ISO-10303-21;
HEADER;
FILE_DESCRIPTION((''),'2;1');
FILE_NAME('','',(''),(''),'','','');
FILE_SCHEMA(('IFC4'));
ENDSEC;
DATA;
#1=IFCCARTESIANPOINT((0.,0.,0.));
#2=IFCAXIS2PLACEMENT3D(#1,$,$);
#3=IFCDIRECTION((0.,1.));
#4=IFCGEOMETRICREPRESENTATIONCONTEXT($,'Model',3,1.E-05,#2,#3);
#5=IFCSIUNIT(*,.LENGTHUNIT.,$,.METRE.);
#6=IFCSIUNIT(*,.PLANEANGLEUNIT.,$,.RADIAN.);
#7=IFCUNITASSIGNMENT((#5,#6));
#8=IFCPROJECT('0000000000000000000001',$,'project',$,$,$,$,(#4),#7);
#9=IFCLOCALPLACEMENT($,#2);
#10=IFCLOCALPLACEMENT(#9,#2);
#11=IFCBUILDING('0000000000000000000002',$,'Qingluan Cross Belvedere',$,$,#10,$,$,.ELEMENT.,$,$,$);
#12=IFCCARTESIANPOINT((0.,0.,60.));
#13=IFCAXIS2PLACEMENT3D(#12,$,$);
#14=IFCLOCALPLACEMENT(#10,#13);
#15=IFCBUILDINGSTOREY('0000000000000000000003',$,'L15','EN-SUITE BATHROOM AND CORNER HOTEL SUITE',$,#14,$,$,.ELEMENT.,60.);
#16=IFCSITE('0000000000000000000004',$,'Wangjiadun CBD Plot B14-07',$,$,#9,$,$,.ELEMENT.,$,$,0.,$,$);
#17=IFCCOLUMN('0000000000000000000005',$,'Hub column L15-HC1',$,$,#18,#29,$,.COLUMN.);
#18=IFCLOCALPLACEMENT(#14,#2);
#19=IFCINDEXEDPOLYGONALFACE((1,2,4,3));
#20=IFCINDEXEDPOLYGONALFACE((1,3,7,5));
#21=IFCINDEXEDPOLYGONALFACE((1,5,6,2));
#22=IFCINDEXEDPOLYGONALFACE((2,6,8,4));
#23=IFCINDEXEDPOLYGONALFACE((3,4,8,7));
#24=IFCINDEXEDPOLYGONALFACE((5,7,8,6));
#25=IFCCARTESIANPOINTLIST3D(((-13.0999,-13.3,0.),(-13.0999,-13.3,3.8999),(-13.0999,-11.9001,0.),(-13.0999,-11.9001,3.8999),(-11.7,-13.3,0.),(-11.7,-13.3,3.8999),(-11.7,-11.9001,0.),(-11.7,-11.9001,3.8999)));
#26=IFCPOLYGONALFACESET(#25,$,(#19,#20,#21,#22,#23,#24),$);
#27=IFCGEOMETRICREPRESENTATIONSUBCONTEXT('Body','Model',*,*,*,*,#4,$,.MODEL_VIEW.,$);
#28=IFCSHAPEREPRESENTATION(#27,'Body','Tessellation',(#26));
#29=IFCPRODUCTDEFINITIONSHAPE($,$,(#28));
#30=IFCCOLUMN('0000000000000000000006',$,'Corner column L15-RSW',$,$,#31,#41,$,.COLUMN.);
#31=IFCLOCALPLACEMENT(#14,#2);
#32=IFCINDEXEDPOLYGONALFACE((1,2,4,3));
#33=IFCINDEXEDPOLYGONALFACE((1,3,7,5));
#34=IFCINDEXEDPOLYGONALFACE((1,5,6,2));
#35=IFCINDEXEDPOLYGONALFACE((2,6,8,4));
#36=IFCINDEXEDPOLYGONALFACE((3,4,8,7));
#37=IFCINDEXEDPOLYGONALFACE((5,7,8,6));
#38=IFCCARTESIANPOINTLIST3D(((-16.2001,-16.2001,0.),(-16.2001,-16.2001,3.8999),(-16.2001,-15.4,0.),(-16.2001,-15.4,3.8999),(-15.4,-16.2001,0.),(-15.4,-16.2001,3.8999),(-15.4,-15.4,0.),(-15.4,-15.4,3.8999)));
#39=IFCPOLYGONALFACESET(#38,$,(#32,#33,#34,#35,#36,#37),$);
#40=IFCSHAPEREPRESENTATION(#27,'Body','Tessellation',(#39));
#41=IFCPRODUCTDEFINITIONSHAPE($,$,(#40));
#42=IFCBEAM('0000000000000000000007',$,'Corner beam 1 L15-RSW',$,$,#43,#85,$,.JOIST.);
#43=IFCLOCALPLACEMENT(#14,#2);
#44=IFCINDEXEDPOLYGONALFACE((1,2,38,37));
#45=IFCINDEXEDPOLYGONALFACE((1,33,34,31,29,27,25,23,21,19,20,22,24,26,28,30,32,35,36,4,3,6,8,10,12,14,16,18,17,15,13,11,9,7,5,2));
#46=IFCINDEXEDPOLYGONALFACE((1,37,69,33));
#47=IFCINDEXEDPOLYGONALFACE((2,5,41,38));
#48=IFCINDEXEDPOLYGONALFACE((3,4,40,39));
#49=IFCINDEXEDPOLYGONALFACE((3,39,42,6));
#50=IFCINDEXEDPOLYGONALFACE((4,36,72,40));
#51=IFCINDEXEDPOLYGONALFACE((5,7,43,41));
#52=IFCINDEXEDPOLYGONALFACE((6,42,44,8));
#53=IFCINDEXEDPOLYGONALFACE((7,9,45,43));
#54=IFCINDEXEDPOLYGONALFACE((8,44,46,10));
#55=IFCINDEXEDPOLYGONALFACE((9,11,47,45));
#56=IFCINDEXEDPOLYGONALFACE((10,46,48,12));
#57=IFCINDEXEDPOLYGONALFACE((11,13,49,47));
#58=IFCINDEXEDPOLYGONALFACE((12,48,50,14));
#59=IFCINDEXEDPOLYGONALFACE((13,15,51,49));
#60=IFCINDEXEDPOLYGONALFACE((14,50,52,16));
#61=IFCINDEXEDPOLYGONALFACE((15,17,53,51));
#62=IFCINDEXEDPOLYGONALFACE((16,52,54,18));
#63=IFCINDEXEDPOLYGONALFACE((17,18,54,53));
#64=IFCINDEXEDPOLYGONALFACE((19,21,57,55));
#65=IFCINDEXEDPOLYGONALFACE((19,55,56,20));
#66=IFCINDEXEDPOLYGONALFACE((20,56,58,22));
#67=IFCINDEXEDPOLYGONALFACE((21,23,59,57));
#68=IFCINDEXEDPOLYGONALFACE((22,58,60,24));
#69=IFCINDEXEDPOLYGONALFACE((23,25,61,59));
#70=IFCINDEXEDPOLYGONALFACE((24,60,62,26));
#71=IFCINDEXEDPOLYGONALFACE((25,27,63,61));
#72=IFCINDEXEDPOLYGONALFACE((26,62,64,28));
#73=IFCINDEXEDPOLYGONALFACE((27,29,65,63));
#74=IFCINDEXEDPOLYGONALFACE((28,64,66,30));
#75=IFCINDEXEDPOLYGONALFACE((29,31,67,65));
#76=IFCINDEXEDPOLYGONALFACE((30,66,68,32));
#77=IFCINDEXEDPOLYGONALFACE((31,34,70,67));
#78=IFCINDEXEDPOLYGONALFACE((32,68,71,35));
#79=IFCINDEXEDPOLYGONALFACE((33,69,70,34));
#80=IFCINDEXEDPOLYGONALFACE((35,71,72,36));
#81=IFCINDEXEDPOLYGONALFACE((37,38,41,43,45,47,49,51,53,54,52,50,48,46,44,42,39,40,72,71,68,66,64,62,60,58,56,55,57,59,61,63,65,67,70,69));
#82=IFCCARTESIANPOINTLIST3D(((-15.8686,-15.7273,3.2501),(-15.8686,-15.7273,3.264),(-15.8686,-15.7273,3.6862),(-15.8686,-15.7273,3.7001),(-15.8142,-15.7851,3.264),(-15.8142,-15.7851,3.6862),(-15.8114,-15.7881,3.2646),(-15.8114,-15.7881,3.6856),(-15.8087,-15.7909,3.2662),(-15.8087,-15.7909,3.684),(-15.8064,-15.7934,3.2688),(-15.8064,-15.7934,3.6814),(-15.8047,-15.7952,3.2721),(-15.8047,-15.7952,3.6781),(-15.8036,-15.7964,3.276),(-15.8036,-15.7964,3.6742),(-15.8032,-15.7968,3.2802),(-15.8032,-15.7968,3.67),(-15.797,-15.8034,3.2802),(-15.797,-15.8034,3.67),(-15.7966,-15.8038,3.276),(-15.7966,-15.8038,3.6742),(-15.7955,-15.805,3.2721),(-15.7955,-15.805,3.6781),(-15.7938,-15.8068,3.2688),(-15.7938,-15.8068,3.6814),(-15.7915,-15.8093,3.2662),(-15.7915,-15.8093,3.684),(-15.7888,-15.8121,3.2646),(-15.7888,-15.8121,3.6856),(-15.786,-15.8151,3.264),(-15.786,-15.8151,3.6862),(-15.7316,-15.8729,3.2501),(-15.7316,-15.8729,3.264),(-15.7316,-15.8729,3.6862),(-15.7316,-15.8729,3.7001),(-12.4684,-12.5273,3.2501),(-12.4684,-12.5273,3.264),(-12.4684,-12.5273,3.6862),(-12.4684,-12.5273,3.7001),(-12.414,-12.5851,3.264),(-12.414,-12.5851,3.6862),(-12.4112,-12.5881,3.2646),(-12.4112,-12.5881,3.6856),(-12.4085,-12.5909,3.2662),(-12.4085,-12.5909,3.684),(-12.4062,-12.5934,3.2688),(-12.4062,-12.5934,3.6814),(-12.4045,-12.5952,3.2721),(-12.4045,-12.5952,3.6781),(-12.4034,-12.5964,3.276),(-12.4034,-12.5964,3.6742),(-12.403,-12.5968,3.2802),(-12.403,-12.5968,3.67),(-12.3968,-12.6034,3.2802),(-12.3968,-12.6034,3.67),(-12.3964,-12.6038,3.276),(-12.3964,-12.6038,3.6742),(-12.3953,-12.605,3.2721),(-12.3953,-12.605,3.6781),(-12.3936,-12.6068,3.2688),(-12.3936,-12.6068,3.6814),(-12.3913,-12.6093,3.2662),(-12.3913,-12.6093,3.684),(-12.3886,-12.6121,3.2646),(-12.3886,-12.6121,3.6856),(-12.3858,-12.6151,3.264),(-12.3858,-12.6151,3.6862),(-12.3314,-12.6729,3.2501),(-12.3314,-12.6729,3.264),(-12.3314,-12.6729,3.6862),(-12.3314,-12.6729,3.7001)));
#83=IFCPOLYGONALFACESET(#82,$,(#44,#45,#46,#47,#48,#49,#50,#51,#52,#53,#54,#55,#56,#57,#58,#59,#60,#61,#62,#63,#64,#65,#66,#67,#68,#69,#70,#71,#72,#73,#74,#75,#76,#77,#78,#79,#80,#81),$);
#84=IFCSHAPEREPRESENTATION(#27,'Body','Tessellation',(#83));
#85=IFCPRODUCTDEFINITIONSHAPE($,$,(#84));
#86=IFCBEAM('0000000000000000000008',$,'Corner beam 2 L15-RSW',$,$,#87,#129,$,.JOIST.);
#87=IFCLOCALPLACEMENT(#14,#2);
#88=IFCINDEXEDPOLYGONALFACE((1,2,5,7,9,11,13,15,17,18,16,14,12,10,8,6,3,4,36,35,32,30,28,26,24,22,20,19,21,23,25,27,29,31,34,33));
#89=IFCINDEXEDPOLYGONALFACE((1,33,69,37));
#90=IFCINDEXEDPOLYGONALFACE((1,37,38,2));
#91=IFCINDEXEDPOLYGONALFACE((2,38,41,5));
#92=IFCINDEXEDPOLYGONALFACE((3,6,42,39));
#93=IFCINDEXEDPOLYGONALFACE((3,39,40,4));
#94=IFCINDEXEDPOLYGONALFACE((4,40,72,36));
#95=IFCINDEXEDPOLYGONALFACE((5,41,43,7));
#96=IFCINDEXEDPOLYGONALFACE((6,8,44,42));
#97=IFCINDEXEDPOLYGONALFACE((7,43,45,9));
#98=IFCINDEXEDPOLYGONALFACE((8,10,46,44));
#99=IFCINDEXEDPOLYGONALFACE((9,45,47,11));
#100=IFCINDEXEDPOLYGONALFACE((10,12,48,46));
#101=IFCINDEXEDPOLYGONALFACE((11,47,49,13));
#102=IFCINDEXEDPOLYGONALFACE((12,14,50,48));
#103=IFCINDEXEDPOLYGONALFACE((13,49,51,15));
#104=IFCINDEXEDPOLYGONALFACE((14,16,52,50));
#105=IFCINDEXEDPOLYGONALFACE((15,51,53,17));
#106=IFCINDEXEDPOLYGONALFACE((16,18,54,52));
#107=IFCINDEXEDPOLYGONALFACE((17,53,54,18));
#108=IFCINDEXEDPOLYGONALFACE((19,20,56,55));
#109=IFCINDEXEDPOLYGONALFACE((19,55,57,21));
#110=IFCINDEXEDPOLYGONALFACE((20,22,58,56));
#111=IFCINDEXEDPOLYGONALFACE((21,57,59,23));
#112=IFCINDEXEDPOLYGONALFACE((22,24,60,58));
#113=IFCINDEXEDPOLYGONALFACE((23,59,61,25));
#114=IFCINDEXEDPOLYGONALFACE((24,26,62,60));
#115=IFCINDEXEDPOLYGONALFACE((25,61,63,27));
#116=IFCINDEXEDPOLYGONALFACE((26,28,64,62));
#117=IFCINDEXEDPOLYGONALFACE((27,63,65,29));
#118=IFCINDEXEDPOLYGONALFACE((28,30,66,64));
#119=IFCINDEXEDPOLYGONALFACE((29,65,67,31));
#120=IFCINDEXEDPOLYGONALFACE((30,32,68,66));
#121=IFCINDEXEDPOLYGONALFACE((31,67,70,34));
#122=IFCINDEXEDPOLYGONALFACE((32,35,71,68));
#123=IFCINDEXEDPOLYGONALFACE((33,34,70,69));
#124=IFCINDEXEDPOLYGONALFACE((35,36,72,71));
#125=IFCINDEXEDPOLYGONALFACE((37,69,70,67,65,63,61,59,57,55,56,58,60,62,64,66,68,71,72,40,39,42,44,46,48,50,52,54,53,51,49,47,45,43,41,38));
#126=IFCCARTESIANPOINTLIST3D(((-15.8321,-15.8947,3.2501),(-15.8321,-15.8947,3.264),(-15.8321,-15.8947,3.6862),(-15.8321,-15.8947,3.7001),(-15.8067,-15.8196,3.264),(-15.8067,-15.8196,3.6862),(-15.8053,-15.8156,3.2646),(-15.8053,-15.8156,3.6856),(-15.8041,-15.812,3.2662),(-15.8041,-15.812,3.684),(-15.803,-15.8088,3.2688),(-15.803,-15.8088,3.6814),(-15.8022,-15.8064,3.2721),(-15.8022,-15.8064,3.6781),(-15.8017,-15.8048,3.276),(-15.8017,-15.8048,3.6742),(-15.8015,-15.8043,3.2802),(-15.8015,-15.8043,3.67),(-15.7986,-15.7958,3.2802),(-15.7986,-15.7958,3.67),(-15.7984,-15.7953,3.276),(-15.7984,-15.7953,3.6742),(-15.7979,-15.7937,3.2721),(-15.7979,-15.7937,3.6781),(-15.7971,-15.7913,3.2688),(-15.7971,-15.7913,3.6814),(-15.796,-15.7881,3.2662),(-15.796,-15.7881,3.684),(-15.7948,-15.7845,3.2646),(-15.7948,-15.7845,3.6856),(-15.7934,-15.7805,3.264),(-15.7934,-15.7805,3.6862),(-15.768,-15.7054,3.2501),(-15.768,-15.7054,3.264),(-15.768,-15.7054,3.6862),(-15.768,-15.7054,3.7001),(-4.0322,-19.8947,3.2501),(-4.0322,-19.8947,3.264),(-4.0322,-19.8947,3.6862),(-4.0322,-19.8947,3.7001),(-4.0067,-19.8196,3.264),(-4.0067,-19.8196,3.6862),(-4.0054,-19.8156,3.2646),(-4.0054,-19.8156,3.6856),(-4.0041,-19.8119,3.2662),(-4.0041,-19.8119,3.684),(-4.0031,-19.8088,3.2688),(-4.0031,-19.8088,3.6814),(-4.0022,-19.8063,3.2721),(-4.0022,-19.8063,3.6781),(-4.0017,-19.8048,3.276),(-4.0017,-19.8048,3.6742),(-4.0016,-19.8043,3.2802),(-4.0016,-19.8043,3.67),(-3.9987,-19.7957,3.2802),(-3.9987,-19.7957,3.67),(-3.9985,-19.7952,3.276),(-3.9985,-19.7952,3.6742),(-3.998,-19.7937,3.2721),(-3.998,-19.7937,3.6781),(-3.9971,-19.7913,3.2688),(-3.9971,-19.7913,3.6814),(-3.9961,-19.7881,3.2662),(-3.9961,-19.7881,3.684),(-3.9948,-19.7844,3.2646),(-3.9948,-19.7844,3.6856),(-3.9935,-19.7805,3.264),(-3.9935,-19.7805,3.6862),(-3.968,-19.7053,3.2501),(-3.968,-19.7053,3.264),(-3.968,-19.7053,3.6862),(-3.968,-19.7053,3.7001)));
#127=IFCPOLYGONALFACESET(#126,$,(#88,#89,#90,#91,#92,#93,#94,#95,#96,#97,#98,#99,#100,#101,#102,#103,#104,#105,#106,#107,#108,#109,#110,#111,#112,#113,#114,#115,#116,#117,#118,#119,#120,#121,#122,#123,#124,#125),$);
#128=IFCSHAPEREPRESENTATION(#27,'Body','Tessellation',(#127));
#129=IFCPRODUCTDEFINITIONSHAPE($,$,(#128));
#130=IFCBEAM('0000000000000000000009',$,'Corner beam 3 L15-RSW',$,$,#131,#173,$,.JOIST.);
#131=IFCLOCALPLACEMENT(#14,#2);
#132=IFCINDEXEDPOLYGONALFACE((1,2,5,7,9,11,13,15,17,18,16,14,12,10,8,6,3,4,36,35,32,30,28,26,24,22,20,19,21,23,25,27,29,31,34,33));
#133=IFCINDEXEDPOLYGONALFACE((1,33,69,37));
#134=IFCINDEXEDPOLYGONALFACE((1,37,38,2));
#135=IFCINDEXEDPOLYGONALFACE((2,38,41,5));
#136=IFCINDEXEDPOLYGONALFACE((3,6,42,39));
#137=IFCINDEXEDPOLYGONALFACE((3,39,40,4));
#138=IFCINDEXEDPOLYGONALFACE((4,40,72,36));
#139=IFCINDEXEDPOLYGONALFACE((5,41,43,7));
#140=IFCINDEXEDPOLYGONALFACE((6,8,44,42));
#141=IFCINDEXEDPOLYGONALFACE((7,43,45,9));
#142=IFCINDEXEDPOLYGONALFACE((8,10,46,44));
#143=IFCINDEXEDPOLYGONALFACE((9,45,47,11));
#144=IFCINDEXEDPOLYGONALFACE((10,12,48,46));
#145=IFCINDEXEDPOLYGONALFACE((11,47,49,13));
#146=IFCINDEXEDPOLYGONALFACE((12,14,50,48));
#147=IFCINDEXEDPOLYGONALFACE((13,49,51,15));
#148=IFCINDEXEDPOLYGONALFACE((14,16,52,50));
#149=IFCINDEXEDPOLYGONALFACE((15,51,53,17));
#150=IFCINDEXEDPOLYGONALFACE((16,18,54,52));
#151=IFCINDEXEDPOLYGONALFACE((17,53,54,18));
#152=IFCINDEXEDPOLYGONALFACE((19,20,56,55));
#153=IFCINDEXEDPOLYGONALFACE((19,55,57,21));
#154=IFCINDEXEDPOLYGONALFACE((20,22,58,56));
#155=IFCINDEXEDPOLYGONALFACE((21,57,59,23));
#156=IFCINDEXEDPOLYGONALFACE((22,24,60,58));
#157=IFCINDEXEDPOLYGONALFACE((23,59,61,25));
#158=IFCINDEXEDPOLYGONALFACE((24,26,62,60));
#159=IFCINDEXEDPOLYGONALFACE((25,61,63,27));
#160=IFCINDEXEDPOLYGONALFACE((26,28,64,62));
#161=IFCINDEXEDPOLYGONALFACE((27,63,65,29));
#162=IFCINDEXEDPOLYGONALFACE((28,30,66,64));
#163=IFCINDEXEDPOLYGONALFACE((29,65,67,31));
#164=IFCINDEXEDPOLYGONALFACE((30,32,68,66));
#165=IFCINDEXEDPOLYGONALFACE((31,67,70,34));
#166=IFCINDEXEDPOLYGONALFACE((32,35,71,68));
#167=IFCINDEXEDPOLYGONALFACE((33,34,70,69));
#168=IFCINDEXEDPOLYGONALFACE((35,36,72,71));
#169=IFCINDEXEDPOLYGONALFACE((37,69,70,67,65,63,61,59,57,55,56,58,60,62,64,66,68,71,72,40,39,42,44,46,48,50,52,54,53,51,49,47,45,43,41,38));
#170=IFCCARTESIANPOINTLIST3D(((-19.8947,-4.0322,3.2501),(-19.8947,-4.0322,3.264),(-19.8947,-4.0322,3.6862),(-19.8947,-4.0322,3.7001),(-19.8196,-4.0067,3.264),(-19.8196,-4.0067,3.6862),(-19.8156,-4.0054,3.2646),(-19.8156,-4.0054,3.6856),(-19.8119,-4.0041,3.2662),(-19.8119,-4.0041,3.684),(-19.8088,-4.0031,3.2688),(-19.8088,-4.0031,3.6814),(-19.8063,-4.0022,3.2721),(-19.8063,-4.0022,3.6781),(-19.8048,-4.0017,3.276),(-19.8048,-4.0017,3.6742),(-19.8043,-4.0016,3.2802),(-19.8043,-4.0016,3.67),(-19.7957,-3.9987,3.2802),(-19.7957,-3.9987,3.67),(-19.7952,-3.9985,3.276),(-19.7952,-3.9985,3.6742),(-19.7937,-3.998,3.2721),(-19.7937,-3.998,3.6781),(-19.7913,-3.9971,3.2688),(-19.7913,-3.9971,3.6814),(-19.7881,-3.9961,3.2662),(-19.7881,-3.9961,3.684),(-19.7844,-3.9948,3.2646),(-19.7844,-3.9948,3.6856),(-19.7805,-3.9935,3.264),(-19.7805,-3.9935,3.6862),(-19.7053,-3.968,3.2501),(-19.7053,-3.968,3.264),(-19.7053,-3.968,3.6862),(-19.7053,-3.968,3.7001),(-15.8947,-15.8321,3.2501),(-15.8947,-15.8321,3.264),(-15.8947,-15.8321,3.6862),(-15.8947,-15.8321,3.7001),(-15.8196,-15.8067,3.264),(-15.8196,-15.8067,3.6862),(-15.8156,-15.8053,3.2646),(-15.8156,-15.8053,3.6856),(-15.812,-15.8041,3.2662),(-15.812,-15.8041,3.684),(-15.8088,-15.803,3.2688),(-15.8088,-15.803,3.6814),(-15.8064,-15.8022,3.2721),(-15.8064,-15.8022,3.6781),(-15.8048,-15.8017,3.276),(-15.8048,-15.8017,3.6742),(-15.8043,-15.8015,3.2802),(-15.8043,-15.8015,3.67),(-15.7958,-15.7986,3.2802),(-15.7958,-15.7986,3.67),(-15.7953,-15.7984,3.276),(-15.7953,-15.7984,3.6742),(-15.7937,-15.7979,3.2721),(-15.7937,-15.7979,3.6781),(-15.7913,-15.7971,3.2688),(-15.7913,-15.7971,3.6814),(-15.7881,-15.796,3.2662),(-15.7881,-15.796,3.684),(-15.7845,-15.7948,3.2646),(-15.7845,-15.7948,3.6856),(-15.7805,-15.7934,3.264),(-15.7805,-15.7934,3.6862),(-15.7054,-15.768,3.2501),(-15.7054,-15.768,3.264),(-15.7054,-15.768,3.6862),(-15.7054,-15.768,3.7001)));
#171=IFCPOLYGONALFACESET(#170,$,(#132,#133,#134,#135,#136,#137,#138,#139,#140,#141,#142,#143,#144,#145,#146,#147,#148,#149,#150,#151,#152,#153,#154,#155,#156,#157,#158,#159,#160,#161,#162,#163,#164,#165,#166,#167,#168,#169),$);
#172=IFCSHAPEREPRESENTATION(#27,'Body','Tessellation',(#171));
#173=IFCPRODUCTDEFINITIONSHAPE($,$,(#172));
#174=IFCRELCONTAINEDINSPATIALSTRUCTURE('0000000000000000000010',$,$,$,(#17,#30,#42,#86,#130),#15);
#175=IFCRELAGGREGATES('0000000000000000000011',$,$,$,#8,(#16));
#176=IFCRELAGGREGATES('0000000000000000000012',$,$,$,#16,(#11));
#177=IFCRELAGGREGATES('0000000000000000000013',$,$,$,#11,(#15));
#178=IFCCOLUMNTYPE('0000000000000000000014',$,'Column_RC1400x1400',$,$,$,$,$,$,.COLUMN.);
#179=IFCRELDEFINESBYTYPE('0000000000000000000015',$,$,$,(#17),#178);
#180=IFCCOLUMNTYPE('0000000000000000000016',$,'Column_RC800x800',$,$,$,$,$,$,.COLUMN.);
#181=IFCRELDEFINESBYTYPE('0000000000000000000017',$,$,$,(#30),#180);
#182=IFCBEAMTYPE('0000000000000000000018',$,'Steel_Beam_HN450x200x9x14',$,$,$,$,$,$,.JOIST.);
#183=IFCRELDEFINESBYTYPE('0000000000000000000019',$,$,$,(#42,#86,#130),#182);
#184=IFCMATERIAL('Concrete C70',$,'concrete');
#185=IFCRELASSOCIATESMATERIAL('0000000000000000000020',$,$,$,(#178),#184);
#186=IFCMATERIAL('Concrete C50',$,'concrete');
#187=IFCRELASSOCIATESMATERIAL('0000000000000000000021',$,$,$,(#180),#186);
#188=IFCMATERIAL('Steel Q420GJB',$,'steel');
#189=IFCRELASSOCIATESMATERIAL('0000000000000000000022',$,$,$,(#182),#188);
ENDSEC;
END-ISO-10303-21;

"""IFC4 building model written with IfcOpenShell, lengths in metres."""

from ifc_helpers import new_model, si_unit, direction, frame, origin, origin_2d, place, context, subcontext, project, spatial, rectangle, i_section, extrude, material, material_profile, profile_set, type_object, element, save


model = new_model("IFC4")

# Units and contexts
model_context = context("Model", 3, precision=1e-05, world=origin(), true_north=direction((0.0, 1.0)))
body_context = subcontext(model_context, "Body", "Model", "MODEL_VIEW")
ifc_project = project(units=[si_unit("LENGTHUNIT", "METRE"), si_unit("PLANEANGLEUNIT", "RADIAN")], contexts=[model_context])

# Site, building, storey
site_placement = place(None, origin())
site = spatial("IfcSite", under=ifc_project, at=site_placement, Name="Wangjiadun CBD Plot B14-07", CompositionType="ELEMENT", RefElevation=0.0)
building_placement = place(site_placement, origin())
building = spatial("IfcBuilding", under=site, at=building_placement, Name="Qingluan Cross Belvedere", CompositionType="ELEMENT")
storey_placement = place(building_placement, frame((0.0, 0.0, 60.0)))
storey = spatial("IfcBuildingStorey", under=building, at=storey_placement, Name="L15", Description="EN-SUITE BATHROOM AND CORNER HOTEL SUITE", CompositionType="ELEMENT", Elevation=60.0)

# Columns
ifc_material_1 = material(Name="Concrete C70", Category="concrete")
ifc_material_profile_1 = material_profile(ifc_material_1, rectangle(XDim=1.3999, YDim=1.3999, at=origin_2d()), Name="RC1400x1400")
ifc_profile_set_1 = profile_set([ifc_material_profile_1], Name="Concrete C70")
column_type_1 = type_object("IfcColumnType", Name="Column_RC1400x1400", PredefinedType="COLUMN", material=ifc_profile_set_1)
column_1_placement = place(storey_placement, frame((-12.3999, -12.6001, 0.0), z_axis=(0.0, 0.0, 1.0), x_axis=(1.0, 0.0, 0.0)))
element("IfcColumn", 1, at=column_1_placement, inside=storey, type_object=column_type_1, Name="Hub column L15-HC1", PredefinedType="COLUMN", context=body_context, shape_type="SweptSolid", body=[
    extrude(rectangle(XDim=1.3999, YDim=1.3999, at=origin_2d()), origin(), (0.0, 0.0, 1.0), 3.8999),
])
ifc_material_2 = material(Name="Concrete C50", Category="concrete")
ifc_material_profile_2 = material_profile(ifc_material_2, rectangle(XDim=0.8, YDim=0.8, at=origin_2d()), Name="RC800x800")
ifc_profile_set_2 = profile_set([ifc_material_profile_2], Name="Concrete C50")
column_type_2 = type_object("IfcColumnType", Name="Column_RC800x800", PredefinedType="COLUMN", material=ifc_profile_set_2)
column_2_placement = place(storey_placement, frame((-15.8, -15.8, 0.0), z_axis=(0.0, 0.0, 1.0), x_axis=(1.0, 0.0, 0.0)))
element("IfcColumn", 2, at=column_2_placement, inside=storey, type_object=column_type_2, Name="Corner column L15-RSW", PredefinedType="COLUMN", context=body_context, shape_type="SweptSolid", body=[
    extrude(rectangle(XDim=0.8, YDim=0.8, at=origin_2d()), origin(), (0.0, 0.0, 1.0), 3.8999),
])

# Beams
ifc_material_3 = material(Name="Steel Q420GJB", Category="steel")
ifc_material_profile_3 = material_profile(ifc_material_3, i_section(OverallWidth=0.2, OverallDepth=0.45, WebThickness=0.009, FlangeThickness=0.0139, FilletRadius=0.0161, at=origin_2d()), Name="HN450x200x9x14")
ifc_profile_set_3 = profile_set([ifc_material_profile_3], Name="Steel Q420GJB")
beam_type_1 = type_object("IfcBeamType", Name="Steel_Beam_HN450x200x9x14", PredefinedType="JOIST", material=ifc_profile_set_3)
beam_1_placement = place(storey_placement, frame((-12.3999, -12.6001, 3.4751), z_axis=(-0.72822, -0.685343, 0.0), x_axis=(0.685343, -0.72822, 0.0)))
element("IfcBeam", 3, at=beam_1_placement, inside=storey, type_object=beam_type_1, Name="Corner beam 1 L15-RSW", PredefinedType="JOIST", context=body_context, shape_type="SweptSolid", body=[
    extrude(i_section(OverallWidth=0.2, OverallDepth=0.45, WebThickness=0.009, FlangeThickness=0.0139, FilletRadius=0.0161, at=origin_2d()), origin(), (0.0, 0.0, 1.0), 4.6692),
])
for number, where, z_axis, x_axis, name in (
    (4, (-15.8, -15.8, 3.4751), (0.947066, -0.321038, 0.0), (0.321038, 0.947066, 0.0), "Corner beam 2 L15-RSW"),
    (5, (-15.8, -15.8, 3.4751), (-0.321038, 0.947066, 0.0), (-0.947066, -0.321038, 0.0), "Corner beam 3 L15-RSW"),
):
    element("IfcBeam", number, at=place(storey_placement, frame(where, z_axis=z_axis, x_axis=x_axis)), inside=storey, type_object=beam_type_1, Name=name, PredefinedType="JOIST", context=body_context, shape_type="SweptSolid", body=[
        extrude(i_section(OverallWidth=0.2, OverallDepth=0.45, WebThickness=0.009, FlangeThickness=0.0139, FilletRadius=0.0161, at=origin_2d()), origin(), (0.0, 0.0, 1.0), 12.4595),
    ])

save(model, "model.ifc")
